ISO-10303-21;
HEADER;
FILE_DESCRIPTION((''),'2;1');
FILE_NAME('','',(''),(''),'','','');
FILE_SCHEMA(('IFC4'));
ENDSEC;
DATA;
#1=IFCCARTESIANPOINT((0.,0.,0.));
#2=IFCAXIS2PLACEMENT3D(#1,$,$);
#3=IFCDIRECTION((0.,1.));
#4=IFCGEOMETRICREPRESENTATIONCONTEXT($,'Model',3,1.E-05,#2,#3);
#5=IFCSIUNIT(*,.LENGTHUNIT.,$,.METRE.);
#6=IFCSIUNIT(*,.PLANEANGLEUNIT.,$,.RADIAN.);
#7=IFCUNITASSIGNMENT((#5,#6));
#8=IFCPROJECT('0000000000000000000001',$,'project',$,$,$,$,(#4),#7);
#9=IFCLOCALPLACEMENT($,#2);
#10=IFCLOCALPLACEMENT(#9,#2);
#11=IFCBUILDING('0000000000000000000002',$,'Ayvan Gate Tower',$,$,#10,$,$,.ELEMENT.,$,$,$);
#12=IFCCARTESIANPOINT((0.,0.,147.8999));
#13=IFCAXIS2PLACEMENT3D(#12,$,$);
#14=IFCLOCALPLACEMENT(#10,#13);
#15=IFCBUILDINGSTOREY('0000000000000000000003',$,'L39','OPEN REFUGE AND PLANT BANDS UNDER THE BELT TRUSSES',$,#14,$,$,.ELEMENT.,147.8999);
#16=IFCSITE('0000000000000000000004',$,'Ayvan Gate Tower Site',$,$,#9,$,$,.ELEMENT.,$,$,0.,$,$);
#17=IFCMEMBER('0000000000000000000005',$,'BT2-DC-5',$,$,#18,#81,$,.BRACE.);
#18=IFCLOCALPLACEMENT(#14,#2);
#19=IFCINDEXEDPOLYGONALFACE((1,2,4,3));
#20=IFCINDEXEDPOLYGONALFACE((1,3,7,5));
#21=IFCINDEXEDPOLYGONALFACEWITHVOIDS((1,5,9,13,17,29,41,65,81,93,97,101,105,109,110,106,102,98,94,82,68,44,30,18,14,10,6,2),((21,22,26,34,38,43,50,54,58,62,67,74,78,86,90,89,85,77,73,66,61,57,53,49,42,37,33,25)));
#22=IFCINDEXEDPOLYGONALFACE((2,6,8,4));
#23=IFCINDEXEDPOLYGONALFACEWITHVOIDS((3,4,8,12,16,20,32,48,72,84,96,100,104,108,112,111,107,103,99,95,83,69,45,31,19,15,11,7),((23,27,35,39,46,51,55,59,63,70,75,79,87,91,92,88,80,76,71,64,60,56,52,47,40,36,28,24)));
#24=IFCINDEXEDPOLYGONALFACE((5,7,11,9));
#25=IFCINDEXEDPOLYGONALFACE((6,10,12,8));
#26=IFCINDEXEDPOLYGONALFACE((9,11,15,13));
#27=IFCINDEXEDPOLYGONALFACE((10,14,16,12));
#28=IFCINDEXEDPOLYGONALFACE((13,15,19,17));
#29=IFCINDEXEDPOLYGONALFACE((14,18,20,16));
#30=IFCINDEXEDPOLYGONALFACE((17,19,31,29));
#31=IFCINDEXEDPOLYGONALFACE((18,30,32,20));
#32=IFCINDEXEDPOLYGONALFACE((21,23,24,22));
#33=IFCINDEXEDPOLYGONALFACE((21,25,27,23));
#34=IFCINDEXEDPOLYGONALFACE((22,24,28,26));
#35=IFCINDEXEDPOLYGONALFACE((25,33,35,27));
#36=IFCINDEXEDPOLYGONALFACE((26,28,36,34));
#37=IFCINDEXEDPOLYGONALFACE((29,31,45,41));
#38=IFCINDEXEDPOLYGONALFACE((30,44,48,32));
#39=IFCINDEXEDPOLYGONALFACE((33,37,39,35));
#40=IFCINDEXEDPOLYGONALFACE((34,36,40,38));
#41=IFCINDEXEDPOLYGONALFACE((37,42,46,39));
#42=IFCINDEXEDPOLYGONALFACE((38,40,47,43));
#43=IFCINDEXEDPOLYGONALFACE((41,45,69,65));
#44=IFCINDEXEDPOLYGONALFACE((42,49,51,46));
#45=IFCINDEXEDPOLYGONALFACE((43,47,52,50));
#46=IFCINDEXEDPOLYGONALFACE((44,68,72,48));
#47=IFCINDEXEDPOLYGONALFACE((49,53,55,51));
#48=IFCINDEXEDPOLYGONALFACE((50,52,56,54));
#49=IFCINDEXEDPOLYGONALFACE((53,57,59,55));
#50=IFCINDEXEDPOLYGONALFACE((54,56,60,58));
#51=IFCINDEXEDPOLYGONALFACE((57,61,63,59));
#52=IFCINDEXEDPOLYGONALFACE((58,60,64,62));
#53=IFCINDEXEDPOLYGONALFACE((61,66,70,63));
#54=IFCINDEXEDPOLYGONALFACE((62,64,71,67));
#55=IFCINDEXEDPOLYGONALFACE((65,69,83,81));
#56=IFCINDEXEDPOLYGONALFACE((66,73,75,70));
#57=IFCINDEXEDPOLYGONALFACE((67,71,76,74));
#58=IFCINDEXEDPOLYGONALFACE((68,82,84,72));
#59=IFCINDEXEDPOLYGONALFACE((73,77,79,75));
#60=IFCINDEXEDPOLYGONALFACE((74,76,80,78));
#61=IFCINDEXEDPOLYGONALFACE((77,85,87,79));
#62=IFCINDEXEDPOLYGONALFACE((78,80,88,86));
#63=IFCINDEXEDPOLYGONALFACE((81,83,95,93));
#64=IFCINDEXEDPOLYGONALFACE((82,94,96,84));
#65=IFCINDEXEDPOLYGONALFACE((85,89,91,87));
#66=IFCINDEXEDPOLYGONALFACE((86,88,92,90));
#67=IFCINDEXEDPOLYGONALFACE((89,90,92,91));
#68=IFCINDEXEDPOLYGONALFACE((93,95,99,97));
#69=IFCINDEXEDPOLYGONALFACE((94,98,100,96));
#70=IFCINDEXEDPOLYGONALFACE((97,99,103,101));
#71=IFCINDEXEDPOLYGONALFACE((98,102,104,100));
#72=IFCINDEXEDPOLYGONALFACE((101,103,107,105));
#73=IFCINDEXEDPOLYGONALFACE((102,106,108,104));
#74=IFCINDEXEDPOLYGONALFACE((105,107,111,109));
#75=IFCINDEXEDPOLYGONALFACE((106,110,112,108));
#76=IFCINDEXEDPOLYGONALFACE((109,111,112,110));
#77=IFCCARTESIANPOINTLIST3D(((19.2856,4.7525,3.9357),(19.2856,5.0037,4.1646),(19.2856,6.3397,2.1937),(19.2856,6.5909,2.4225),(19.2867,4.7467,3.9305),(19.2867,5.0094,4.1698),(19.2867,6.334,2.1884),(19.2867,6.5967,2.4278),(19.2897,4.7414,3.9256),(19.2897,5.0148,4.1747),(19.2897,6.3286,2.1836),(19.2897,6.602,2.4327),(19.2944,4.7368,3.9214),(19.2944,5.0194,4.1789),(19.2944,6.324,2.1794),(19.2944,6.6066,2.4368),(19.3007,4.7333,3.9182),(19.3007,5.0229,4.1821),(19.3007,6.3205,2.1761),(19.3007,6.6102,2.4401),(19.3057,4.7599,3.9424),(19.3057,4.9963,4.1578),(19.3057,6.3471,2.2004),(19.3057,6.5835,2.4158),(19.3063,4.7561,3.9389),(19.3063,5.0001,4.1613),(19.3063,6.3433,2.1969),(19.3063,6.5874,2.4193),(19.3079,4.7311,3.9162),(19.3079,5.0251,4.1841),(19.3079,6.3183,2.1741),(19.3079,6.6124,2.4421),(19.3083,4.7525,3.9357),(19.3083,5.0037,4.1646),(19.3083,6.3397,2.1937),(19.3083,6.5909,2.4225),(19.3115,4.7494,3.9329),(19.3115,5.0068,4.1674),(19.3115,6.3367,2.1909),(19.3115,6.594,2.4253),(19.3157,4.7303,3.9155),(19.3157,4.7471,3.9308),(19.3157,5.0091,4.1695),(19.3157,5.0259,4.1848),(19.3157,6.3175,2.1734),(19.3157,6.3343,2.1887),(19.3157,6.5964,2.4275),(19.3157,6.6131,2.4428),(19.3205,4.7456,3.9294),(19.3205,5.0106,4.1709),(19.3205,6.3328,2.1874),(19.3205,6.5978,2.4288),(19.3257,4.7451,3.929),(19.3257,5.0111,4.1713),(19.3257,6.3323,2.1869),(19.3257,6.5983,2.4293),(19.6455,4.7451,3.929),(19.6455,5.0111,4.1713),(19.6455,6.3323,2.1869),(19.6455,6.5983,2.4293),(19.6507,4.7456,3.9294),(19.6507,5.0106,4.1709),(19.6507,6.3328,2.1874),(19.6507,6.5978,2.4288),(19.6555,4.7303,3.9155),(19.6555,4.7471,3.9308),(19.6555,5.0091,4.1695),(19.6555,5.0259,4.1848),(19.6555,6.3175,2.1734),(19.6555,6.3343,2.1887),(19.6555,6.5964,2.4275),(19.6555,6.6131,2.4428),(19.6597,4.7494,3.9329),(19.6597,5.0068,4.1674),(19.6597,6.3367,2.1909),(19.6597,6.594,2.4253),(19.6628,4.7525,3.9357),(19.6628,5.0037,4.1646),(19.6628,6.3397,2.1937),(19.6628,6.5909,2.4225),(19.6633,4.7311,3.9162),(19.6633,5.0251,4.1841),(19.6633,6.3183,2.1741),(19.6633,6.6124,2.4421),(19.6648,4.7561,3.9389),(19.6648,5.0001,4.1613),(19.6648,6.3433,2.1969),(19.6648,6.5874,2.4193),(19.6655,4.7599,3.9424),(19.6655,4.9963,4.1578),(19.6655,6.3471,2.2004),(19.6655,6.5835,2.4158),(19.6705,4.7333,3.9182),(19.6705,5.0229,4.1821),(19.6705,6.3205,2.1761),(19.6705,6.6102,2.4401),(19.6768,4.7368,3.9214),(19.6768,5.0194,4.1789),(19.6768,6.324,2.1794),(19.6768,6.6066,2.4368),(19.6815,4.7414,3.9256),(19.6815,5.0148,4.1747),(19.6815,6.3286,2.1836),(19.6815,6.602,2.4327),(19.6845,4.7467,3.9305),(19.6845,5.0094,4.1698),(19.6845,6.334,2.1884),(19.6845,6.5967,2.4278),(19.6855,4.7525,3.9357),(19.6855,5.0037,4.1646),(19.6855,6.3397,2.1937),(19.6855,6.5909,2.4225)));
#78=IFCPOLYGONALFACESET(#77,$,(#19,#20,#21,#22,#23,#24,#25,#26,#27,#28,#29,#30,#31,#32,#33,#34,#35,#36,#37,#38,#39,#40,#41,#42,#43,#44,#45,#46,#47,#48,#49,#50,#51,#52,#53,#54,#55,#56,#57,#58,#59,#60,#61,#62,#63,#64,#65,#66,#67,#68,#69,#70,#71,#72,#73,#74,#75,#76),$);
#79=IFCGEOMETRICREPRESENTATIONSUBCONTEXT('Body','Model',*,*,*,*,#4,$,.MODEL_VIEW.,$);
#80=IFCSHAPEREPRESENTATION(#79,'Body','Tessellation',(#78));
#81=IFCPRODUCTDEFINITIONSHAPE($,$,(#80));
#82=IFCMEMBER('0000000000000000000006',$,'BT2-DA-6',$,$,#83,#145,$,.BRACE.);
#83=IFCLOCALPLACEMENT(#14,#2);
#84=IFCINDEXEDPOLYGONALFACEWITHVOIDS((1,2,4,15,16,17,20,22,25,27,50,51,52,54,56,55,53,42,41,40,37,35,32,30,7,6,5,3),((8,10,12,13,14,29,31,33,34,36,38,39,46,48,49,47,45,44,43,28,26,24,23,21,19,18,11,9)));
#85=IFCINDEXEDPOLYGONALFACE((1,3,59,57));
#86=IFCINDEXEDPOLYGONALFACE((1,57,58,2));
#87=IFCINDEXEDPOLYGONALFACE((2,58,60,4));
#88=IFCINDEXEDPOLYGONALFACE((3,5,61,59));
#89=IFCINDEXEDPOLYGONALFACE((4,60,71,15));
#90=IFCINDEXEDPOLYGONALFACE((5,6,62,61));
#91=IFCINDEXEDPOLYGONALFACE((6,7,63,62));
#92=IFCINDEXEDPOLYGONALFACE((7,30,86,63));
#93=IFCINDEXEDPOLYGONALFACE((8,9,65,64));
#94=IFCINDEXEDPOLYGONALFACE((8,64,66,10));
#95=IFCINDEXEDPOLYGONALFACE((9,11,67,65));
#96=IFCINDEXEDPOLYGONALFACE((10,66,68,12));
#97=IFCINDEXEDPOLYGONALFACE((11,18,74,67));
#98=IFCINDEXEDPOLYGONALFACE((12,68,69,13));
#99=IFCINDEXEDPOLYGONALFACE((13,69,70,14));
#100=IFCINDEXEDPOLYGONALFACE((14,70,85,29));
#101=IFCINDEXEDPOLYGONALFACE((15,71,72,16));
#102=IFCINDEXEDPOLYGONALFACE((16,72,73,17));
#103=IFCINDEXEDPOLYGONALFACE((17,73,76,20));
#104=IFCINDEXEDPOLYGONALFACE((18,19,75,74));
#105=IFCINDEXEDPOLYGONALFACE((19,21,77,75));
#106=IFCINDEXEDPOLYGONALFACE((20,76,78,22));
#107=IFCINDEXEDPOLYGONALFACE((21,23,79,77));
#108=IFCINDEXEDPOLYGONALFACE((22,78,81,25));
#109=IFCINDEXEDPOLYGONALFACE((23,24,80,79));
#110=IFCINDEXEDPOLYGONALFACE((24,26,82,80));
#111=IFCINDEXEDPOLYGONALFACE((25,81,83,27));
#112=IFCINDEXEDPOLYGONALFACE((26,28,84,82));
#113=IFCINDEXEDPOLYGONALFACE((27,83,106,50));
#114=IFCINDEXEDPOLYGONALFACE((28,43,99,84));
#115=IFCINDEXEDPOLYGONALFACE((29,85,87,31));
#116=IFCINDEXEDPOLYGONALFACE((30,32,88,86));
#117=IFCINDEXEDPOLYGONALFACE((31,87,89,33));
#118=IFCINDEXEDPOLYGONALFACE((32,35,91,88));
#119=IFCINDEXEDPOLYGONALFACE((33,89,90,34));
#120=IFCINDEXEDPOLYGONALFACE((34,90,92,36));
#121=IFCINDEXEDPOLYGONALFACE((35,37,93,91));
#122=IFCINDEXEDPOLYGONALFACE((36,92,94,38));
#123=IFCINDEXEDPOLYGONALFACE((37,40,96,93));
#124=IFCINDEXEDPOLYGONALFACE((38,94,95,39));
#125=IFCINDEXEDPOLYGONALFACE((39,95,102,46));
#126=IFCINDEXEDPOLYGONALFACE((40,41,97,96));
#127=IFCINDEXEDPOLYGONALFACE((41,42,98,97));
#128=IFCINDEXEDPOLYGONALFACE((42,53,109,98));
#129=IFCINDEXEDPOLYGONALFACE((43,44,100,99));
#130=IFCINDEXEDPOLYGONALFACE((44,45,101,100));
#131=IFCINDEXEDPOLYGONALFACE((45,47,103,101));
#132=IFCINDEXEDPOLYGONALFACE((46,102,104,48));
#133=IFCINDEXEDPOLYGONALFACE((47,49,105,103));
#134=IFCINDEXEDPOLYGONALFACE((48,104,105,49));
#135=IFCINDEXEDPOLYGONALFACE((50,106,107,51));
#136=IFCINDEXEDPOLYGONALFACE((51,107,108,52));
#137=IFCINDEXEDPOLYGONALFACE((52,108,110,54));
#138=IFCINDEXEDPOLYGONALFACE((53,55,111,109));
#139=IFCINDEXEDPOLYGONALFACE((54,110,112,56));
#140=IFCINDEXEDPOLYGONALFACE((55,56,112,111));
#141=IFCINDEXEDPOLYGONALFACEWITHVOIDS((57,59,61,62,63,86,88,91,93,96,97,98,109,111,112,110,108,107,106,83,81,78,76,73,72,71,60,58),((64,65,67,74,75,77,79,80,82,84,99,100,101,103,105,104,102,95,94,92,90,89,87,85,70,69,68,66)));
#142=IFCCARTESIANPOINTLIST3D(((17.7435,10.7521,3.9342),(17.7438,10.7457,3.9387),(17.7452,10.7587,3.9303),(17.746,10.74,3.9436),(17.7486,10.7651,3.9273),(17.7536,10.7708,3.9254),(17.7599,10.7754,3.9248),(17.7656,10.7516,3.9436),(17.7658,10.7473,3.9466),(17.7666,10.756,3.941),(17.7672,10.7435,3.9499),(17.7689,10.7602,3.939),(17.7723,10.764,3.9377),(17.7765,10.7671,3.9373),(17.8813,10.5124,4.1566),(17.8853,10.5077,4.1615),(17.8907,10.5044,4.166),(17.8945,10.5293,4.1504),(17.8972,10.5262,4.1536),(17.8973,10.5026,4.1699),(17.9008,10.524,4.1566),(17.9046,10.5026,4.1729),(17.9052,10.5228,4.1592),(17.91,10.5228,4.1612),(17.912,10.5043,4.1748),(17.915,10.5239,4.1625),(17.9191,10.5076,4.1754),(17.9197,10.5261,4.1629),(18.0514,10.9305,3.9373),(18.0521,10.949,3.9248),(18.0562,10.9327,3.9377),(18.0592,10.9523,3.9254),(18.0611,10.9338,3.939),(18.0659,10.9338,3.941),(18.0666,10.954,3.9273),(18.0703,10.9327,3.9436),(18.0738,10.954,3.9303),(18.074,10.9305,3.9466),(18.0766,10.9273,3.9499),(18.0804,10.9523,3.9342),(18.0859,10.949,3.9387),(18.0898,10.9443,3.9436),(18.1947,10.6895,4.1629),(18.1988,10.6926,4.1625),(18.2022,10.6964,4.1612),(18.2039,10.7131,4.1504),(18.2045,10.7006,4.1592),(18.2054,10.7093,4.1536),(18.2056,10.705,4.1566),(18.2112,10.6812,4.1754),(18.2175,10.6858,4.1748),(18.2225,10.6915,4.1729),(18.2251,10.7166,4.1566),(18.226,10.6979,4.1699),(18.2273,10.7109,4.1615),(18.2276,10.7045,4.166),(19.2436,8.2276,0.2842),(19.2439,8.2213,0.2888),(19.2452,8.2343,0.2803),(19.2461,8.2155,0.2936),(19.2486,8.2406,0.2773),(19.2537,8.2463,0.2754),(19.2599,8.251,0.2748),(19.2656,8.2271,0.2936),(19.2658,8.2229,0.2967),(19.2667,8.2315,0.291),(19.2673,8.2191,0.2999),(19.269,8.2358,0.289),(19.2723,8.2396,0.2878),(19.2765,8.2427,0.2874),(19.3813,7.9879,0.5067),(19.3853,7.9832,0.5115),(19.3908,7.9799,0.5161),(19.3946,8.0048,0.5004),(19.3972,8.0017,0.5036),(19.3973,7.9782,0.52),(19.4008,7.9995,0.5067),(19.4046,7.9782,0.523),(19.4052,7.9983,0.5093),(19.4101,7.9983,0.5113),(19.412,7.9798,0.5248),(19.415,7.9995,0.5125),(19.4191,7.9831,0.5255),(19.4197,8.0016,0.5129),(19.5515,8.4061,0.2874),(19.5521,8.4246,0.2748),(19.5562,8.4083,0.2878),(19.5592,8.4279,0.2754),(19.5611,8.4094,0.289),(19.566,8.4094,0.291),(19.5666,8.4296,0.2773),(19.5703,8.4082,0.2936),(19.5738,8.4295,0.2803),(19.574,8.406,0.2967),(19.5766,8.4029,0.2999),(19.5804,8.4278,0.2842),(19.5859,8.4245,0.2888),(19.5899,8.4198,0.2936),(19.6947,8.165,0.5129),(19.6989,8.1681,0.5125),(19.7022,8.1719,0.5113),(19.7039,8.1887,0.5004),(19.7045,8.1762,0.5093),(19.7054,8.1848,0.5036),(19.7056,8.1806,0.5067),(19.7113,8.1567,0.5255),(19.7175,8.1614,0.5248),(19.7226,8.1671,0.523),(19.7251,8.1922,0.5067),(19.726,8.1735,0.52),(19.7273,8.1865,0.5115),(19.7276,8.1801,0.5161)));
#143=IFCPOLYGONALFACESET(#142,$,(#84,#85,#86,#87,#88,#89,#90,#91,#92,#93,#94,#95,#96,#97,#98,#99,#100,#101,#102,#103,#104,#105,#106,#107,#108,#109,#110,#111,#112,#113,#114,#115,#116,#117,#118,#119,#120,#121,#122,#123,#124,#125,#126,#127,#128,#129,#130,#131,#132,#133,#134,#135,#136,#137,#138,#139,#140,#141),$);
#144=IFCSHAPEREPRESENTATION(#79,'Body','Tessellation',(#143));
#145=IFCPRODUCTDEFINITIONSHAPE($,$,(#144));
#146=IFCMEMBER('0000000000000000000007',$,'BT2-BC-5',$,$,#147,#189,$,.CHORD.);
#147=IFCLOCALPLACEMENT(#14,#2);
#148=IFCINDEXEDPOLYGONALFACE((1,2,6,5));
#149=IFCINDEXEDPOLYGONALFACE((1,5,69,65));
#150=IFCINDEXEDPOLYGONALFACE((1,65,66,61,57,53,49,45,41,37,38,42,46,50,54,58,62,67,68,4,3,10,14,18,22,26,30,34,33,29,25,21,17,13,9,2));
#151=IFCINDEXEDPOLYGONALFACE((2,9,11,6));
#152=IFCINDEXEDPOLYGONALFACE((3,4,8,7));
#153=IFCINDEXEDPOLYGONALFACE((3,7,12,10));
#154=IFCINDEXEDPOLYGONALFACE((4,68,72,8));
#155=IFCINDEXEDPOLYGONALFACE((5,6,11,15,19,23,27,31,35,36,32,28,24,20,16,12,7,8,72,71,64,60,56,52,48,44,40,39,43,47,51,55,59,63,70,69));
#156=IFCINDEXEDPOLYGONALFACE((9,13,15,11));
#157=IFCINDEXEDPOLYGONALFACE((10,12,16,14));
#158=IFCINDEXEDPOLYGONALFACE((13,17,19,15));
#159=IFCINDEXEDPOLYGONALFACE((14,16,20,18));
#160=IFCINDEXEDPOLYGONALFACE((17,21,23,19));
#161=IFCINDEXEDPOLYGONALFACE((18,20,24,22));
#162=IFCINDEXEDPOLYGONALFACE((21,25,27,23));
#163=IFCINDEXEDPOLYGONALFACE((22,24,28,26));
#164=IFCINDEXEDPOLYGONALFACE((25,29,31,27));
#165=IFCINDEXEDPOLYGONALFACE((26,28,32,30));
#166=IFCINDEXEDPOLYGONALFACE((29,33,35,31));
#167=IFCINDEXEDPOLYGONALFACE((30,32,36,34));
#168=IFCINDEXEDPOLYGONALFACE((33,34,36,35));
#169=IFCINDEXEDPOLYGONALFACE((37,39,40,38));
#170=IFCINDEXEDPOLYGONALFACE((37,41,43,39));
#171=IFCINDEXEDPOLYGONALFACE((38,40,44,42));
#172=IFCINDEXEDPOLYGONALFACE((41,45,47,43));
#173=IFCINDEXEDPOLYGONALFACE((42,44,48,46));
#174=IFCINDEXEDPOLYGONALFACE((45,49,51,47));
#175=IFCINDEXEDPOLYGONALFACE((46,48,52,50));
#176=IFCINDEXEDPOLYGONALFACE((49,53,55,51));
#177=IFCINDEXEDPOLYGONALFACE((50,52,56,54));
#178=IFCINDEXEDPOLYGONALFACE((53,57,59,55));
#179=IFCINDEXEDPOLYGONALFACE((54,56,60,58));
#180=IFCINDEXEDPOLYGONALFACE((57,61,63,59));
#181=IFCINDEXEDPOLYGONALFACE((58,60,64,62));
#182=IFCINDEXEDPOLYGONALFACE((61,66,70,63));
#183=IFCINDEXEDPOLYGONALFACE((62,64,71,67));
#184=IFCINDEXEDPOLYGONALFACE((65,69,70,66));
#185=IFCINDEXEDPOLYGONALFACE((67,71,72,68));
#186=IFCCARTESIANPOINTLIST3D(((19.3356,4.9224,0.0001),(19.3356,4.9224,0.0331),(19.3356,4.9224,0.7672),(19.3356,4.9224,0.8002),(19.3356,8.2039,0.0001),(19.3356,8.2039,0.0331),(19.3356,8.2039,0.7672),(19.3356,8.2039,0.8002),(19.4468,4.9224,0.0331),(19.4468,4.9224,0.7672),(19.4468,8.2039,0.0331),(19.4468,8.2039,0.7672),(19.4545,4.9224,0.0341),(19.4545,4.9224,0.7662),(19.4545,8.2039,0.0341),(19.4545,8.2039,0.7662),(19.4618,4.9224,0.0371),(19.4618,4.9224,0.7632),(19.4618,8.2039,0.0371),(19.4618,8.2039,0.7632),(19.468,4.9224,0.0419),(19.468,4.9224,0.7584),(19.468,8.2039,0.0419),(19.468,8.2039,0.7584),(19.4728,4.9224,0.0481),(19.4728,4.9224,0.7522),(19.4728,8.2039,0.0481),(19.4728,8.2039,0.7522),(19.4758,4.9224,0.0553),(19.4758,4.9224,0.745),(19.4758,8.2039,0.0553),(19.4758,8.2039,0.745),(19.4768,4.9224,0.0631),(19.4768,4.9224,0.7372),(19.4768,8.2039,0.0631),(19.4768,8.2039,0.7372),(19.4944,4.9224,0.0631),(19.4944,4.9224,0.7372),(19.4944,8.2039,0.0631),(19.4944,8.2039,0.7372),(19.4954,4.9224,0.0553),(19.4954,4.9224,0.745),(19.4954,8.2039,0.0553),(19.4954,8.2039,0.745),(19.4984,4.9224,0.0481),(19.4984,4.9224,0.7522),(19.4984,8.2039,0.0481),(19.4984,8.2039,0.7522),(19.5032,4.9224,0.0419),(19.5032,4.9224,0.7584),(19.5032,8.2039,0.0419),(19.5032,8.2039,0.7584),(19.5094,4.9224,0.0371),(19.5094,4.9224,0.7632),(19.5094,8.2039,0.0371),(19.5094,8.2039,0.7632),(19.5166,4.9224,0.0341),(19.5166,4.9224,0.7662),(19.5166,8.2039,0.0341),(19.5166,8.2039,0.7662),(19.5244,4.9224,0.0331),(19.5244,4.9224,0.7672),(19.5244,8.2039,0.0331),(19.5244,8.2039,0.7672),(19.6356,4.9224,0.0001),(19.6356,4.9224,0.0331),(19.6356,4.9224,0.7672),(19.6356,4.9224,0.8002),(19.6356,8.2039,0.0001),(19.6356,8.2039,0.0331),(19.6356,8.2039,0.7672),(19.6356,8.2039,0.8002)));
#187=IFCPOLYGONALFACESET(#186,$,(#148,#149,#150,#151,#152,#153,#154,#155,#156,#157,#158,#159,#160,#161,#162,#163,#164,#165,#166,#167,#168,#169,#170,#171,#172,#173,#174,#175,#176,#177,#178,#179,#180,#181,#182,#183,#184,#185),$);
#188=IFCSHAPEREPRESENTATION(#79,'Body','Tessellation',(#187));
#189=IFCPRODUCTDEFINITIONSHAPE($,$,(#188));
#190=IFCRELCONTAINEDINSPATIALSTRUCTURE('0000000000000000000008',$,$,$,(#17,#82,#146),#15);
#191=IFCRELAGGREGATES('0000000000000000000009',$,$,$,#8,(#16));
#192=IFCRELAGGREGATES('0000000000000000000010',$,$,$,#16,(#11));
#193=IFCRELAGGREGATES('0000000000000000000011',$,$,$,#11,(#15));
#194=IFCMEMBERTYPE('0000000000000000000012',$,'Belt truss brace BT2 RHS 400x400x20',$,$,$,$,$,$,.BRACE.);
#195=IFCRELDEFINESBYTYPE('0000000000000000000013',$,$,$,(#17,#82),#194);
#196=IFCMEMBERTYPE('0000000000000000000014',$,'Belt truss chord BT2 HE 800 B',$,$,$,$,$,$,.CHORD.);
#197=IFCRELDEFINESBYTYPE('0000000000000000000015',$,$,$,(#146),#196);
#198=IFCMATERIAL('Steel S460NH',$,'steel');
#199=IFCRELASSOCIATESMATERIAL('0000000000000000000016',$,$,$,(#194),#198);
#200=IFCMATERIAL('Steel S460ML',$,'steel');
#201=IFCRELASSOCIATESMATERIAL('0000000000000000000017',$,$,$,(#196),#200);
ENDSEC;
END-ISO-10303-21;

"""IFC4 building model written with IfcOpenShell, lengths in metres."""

from ifc_helpers import new_model, si_unit, direction, frame, origin, origin_2d, place, context, subcontext, project, spatial, hollow_rectangle, i_section, extrude, material, material_profile, profile_set, type_object, element, save


model = new_model("IFC4")

# Units and contexts
model_context = context("Model", 3, precision=1e-05, world=origin(), true_north=direction((0.0, 1.0)))
body_context = subcontext(model_context, "Body", "Model", "MODEL_VIEW")
ifc_project = project(units=[si_unit("LENGTHUNIT", "METRE"), si_unit("PLANEANGLEUNIT", "RADIAN")], contexts=[model_context])

# Site, building, storey
site_placement = place(None, origin())
site = spatial("IfcSite", under=ifc_project, at=site_placement, Name="Ayvan Gate Tower Site", CompositionType="ELEMENT", RefElevation=0.0)
building_placement = place(site_placement, origin())
building = spatial("IfcBuilding", under=site, at=building_placement, Name="Ayvan Gate Tower", CompositionType="ELEMENT")
storey_placement = place(building_placement, frame((0.0, 0.0, 147.8999)))
storey = spatial("IfcBuildingStorey", under=building, at=storey_placement, Name="L39", Description="OPEN REFUGE AND PLANT BANDS UNDER THE BELT TRUSSES", CompositionType="ELEMENT", Elevation=147.8999)

# Members
ifc_material_1 = material(Name="Steel S460NH", Category="steel")
ifc_material_profile_1 = material_profile(ifc_material_1, hollow_rectangle(XDim=0.3999, YDim=0.3999, WallThickness=0.02, InnerFilletRadius=0.02, OuterFilletRadius=0.03, at=origin_2d()), Name="RHS 400x400x20")
ifc_profile_set_1 = profile_set([ifc_material_profile_1], Name="Steel S460NH")
member_type_1 = type_object("IfcMemberType", Name="Belt truss brace BT2 RHS 400x400x20", PredefinedType="BRACE", material=ifc_profile_set_1)
member_1_placement = place(storey_placement, frame((19.4856, 6.4653, 2.3081), z_axis=(0.0, -0.673503, 0.739185), x_axis=(1.0, 0.0, 0.0)))
element("IfcMember", 1, at=member_1_placement, inside=storey, type_object=member_type_1, Name="BT2-DC-5", PredefinedType="BRACE", context=body_context, shape_type="SweptSolid", body=[
    extrude(hollow_rectangle(XDim=0.3999, YDim=0.3999, WallThickness=0.02, InnerFilletRadius=0.02, OuterFilletRadius=0.03, at=origin_2d()), origin(), (0.0, 0.0, 1.0), 2.3567),
])
member_2_placement = place(storey_placement, frame((19.4856, 8.2039, 0.4001), z_axis=(-0.320206, 0.538888, 0.779146), x_axis=(-0.859686, -0.510823, 0.0)))
element("IfcMember", 2, at=member_2_placement, inside=storey, type_object=member_type_1, Name="BT2-DA-6", PredefinedType="BRACE", context=body_context, shape_type="SweptSolid", body=[
    extrude(hollow_rectangle(XDim=0.3999, YDim=0.3999, WallThickness=0.02, InnerFilletRadius=0.02, OuterFilletRadius=0.03, at=origin_2d()), origin(), (0.0, 0.0, 1.0), 4.6846),
])
ifc_material_2 = material(Name="Steel S460ML", Category="steel")
ifc_material_profile_2 = material_profile(ifc_material_2, i_section(OverallWidth=0.3, OverallDepth=0.8, WebThickness=0.0176, FlangeThickness=0.033, FilletRadius=0.03, at=origin_2d()), Name="HE 800 B")
ifc_profile_set_2 = profile_set([ifc_material_profile_2], Name="Steel S460ML")
member_type_2 = type_object("IfcMemberType", Name="Belt truss chord BT2 HE 800 B", PredefinedType="CHORD", material=ifc_profile_set_2)
member_3_placement = place(storey_placement, frame((19.4856, 4.9224, 0.4001), z_axis=(0.0, 1.0, 0.0), x_axis=(-1.0, 0.0, 0.0)))
element("IfcMember", 3, at=member_3_placement, inside=storey, type_object=member_type_2, Name="BT2-BC-5", PredefinedType="CHORD", context=body_context, shape_type="SweptSolid", body=[
    extrude(i_section(OverallWidth=0.3, OverallDepth=0.8, WebThickness=0.0176, FlangeThickness=0.033, FilletRadius=0.03, at=origin_2d()), origin(), (0.0, 0.0, 1.0), 3.2815),
])

save(model, "model.ifc")
